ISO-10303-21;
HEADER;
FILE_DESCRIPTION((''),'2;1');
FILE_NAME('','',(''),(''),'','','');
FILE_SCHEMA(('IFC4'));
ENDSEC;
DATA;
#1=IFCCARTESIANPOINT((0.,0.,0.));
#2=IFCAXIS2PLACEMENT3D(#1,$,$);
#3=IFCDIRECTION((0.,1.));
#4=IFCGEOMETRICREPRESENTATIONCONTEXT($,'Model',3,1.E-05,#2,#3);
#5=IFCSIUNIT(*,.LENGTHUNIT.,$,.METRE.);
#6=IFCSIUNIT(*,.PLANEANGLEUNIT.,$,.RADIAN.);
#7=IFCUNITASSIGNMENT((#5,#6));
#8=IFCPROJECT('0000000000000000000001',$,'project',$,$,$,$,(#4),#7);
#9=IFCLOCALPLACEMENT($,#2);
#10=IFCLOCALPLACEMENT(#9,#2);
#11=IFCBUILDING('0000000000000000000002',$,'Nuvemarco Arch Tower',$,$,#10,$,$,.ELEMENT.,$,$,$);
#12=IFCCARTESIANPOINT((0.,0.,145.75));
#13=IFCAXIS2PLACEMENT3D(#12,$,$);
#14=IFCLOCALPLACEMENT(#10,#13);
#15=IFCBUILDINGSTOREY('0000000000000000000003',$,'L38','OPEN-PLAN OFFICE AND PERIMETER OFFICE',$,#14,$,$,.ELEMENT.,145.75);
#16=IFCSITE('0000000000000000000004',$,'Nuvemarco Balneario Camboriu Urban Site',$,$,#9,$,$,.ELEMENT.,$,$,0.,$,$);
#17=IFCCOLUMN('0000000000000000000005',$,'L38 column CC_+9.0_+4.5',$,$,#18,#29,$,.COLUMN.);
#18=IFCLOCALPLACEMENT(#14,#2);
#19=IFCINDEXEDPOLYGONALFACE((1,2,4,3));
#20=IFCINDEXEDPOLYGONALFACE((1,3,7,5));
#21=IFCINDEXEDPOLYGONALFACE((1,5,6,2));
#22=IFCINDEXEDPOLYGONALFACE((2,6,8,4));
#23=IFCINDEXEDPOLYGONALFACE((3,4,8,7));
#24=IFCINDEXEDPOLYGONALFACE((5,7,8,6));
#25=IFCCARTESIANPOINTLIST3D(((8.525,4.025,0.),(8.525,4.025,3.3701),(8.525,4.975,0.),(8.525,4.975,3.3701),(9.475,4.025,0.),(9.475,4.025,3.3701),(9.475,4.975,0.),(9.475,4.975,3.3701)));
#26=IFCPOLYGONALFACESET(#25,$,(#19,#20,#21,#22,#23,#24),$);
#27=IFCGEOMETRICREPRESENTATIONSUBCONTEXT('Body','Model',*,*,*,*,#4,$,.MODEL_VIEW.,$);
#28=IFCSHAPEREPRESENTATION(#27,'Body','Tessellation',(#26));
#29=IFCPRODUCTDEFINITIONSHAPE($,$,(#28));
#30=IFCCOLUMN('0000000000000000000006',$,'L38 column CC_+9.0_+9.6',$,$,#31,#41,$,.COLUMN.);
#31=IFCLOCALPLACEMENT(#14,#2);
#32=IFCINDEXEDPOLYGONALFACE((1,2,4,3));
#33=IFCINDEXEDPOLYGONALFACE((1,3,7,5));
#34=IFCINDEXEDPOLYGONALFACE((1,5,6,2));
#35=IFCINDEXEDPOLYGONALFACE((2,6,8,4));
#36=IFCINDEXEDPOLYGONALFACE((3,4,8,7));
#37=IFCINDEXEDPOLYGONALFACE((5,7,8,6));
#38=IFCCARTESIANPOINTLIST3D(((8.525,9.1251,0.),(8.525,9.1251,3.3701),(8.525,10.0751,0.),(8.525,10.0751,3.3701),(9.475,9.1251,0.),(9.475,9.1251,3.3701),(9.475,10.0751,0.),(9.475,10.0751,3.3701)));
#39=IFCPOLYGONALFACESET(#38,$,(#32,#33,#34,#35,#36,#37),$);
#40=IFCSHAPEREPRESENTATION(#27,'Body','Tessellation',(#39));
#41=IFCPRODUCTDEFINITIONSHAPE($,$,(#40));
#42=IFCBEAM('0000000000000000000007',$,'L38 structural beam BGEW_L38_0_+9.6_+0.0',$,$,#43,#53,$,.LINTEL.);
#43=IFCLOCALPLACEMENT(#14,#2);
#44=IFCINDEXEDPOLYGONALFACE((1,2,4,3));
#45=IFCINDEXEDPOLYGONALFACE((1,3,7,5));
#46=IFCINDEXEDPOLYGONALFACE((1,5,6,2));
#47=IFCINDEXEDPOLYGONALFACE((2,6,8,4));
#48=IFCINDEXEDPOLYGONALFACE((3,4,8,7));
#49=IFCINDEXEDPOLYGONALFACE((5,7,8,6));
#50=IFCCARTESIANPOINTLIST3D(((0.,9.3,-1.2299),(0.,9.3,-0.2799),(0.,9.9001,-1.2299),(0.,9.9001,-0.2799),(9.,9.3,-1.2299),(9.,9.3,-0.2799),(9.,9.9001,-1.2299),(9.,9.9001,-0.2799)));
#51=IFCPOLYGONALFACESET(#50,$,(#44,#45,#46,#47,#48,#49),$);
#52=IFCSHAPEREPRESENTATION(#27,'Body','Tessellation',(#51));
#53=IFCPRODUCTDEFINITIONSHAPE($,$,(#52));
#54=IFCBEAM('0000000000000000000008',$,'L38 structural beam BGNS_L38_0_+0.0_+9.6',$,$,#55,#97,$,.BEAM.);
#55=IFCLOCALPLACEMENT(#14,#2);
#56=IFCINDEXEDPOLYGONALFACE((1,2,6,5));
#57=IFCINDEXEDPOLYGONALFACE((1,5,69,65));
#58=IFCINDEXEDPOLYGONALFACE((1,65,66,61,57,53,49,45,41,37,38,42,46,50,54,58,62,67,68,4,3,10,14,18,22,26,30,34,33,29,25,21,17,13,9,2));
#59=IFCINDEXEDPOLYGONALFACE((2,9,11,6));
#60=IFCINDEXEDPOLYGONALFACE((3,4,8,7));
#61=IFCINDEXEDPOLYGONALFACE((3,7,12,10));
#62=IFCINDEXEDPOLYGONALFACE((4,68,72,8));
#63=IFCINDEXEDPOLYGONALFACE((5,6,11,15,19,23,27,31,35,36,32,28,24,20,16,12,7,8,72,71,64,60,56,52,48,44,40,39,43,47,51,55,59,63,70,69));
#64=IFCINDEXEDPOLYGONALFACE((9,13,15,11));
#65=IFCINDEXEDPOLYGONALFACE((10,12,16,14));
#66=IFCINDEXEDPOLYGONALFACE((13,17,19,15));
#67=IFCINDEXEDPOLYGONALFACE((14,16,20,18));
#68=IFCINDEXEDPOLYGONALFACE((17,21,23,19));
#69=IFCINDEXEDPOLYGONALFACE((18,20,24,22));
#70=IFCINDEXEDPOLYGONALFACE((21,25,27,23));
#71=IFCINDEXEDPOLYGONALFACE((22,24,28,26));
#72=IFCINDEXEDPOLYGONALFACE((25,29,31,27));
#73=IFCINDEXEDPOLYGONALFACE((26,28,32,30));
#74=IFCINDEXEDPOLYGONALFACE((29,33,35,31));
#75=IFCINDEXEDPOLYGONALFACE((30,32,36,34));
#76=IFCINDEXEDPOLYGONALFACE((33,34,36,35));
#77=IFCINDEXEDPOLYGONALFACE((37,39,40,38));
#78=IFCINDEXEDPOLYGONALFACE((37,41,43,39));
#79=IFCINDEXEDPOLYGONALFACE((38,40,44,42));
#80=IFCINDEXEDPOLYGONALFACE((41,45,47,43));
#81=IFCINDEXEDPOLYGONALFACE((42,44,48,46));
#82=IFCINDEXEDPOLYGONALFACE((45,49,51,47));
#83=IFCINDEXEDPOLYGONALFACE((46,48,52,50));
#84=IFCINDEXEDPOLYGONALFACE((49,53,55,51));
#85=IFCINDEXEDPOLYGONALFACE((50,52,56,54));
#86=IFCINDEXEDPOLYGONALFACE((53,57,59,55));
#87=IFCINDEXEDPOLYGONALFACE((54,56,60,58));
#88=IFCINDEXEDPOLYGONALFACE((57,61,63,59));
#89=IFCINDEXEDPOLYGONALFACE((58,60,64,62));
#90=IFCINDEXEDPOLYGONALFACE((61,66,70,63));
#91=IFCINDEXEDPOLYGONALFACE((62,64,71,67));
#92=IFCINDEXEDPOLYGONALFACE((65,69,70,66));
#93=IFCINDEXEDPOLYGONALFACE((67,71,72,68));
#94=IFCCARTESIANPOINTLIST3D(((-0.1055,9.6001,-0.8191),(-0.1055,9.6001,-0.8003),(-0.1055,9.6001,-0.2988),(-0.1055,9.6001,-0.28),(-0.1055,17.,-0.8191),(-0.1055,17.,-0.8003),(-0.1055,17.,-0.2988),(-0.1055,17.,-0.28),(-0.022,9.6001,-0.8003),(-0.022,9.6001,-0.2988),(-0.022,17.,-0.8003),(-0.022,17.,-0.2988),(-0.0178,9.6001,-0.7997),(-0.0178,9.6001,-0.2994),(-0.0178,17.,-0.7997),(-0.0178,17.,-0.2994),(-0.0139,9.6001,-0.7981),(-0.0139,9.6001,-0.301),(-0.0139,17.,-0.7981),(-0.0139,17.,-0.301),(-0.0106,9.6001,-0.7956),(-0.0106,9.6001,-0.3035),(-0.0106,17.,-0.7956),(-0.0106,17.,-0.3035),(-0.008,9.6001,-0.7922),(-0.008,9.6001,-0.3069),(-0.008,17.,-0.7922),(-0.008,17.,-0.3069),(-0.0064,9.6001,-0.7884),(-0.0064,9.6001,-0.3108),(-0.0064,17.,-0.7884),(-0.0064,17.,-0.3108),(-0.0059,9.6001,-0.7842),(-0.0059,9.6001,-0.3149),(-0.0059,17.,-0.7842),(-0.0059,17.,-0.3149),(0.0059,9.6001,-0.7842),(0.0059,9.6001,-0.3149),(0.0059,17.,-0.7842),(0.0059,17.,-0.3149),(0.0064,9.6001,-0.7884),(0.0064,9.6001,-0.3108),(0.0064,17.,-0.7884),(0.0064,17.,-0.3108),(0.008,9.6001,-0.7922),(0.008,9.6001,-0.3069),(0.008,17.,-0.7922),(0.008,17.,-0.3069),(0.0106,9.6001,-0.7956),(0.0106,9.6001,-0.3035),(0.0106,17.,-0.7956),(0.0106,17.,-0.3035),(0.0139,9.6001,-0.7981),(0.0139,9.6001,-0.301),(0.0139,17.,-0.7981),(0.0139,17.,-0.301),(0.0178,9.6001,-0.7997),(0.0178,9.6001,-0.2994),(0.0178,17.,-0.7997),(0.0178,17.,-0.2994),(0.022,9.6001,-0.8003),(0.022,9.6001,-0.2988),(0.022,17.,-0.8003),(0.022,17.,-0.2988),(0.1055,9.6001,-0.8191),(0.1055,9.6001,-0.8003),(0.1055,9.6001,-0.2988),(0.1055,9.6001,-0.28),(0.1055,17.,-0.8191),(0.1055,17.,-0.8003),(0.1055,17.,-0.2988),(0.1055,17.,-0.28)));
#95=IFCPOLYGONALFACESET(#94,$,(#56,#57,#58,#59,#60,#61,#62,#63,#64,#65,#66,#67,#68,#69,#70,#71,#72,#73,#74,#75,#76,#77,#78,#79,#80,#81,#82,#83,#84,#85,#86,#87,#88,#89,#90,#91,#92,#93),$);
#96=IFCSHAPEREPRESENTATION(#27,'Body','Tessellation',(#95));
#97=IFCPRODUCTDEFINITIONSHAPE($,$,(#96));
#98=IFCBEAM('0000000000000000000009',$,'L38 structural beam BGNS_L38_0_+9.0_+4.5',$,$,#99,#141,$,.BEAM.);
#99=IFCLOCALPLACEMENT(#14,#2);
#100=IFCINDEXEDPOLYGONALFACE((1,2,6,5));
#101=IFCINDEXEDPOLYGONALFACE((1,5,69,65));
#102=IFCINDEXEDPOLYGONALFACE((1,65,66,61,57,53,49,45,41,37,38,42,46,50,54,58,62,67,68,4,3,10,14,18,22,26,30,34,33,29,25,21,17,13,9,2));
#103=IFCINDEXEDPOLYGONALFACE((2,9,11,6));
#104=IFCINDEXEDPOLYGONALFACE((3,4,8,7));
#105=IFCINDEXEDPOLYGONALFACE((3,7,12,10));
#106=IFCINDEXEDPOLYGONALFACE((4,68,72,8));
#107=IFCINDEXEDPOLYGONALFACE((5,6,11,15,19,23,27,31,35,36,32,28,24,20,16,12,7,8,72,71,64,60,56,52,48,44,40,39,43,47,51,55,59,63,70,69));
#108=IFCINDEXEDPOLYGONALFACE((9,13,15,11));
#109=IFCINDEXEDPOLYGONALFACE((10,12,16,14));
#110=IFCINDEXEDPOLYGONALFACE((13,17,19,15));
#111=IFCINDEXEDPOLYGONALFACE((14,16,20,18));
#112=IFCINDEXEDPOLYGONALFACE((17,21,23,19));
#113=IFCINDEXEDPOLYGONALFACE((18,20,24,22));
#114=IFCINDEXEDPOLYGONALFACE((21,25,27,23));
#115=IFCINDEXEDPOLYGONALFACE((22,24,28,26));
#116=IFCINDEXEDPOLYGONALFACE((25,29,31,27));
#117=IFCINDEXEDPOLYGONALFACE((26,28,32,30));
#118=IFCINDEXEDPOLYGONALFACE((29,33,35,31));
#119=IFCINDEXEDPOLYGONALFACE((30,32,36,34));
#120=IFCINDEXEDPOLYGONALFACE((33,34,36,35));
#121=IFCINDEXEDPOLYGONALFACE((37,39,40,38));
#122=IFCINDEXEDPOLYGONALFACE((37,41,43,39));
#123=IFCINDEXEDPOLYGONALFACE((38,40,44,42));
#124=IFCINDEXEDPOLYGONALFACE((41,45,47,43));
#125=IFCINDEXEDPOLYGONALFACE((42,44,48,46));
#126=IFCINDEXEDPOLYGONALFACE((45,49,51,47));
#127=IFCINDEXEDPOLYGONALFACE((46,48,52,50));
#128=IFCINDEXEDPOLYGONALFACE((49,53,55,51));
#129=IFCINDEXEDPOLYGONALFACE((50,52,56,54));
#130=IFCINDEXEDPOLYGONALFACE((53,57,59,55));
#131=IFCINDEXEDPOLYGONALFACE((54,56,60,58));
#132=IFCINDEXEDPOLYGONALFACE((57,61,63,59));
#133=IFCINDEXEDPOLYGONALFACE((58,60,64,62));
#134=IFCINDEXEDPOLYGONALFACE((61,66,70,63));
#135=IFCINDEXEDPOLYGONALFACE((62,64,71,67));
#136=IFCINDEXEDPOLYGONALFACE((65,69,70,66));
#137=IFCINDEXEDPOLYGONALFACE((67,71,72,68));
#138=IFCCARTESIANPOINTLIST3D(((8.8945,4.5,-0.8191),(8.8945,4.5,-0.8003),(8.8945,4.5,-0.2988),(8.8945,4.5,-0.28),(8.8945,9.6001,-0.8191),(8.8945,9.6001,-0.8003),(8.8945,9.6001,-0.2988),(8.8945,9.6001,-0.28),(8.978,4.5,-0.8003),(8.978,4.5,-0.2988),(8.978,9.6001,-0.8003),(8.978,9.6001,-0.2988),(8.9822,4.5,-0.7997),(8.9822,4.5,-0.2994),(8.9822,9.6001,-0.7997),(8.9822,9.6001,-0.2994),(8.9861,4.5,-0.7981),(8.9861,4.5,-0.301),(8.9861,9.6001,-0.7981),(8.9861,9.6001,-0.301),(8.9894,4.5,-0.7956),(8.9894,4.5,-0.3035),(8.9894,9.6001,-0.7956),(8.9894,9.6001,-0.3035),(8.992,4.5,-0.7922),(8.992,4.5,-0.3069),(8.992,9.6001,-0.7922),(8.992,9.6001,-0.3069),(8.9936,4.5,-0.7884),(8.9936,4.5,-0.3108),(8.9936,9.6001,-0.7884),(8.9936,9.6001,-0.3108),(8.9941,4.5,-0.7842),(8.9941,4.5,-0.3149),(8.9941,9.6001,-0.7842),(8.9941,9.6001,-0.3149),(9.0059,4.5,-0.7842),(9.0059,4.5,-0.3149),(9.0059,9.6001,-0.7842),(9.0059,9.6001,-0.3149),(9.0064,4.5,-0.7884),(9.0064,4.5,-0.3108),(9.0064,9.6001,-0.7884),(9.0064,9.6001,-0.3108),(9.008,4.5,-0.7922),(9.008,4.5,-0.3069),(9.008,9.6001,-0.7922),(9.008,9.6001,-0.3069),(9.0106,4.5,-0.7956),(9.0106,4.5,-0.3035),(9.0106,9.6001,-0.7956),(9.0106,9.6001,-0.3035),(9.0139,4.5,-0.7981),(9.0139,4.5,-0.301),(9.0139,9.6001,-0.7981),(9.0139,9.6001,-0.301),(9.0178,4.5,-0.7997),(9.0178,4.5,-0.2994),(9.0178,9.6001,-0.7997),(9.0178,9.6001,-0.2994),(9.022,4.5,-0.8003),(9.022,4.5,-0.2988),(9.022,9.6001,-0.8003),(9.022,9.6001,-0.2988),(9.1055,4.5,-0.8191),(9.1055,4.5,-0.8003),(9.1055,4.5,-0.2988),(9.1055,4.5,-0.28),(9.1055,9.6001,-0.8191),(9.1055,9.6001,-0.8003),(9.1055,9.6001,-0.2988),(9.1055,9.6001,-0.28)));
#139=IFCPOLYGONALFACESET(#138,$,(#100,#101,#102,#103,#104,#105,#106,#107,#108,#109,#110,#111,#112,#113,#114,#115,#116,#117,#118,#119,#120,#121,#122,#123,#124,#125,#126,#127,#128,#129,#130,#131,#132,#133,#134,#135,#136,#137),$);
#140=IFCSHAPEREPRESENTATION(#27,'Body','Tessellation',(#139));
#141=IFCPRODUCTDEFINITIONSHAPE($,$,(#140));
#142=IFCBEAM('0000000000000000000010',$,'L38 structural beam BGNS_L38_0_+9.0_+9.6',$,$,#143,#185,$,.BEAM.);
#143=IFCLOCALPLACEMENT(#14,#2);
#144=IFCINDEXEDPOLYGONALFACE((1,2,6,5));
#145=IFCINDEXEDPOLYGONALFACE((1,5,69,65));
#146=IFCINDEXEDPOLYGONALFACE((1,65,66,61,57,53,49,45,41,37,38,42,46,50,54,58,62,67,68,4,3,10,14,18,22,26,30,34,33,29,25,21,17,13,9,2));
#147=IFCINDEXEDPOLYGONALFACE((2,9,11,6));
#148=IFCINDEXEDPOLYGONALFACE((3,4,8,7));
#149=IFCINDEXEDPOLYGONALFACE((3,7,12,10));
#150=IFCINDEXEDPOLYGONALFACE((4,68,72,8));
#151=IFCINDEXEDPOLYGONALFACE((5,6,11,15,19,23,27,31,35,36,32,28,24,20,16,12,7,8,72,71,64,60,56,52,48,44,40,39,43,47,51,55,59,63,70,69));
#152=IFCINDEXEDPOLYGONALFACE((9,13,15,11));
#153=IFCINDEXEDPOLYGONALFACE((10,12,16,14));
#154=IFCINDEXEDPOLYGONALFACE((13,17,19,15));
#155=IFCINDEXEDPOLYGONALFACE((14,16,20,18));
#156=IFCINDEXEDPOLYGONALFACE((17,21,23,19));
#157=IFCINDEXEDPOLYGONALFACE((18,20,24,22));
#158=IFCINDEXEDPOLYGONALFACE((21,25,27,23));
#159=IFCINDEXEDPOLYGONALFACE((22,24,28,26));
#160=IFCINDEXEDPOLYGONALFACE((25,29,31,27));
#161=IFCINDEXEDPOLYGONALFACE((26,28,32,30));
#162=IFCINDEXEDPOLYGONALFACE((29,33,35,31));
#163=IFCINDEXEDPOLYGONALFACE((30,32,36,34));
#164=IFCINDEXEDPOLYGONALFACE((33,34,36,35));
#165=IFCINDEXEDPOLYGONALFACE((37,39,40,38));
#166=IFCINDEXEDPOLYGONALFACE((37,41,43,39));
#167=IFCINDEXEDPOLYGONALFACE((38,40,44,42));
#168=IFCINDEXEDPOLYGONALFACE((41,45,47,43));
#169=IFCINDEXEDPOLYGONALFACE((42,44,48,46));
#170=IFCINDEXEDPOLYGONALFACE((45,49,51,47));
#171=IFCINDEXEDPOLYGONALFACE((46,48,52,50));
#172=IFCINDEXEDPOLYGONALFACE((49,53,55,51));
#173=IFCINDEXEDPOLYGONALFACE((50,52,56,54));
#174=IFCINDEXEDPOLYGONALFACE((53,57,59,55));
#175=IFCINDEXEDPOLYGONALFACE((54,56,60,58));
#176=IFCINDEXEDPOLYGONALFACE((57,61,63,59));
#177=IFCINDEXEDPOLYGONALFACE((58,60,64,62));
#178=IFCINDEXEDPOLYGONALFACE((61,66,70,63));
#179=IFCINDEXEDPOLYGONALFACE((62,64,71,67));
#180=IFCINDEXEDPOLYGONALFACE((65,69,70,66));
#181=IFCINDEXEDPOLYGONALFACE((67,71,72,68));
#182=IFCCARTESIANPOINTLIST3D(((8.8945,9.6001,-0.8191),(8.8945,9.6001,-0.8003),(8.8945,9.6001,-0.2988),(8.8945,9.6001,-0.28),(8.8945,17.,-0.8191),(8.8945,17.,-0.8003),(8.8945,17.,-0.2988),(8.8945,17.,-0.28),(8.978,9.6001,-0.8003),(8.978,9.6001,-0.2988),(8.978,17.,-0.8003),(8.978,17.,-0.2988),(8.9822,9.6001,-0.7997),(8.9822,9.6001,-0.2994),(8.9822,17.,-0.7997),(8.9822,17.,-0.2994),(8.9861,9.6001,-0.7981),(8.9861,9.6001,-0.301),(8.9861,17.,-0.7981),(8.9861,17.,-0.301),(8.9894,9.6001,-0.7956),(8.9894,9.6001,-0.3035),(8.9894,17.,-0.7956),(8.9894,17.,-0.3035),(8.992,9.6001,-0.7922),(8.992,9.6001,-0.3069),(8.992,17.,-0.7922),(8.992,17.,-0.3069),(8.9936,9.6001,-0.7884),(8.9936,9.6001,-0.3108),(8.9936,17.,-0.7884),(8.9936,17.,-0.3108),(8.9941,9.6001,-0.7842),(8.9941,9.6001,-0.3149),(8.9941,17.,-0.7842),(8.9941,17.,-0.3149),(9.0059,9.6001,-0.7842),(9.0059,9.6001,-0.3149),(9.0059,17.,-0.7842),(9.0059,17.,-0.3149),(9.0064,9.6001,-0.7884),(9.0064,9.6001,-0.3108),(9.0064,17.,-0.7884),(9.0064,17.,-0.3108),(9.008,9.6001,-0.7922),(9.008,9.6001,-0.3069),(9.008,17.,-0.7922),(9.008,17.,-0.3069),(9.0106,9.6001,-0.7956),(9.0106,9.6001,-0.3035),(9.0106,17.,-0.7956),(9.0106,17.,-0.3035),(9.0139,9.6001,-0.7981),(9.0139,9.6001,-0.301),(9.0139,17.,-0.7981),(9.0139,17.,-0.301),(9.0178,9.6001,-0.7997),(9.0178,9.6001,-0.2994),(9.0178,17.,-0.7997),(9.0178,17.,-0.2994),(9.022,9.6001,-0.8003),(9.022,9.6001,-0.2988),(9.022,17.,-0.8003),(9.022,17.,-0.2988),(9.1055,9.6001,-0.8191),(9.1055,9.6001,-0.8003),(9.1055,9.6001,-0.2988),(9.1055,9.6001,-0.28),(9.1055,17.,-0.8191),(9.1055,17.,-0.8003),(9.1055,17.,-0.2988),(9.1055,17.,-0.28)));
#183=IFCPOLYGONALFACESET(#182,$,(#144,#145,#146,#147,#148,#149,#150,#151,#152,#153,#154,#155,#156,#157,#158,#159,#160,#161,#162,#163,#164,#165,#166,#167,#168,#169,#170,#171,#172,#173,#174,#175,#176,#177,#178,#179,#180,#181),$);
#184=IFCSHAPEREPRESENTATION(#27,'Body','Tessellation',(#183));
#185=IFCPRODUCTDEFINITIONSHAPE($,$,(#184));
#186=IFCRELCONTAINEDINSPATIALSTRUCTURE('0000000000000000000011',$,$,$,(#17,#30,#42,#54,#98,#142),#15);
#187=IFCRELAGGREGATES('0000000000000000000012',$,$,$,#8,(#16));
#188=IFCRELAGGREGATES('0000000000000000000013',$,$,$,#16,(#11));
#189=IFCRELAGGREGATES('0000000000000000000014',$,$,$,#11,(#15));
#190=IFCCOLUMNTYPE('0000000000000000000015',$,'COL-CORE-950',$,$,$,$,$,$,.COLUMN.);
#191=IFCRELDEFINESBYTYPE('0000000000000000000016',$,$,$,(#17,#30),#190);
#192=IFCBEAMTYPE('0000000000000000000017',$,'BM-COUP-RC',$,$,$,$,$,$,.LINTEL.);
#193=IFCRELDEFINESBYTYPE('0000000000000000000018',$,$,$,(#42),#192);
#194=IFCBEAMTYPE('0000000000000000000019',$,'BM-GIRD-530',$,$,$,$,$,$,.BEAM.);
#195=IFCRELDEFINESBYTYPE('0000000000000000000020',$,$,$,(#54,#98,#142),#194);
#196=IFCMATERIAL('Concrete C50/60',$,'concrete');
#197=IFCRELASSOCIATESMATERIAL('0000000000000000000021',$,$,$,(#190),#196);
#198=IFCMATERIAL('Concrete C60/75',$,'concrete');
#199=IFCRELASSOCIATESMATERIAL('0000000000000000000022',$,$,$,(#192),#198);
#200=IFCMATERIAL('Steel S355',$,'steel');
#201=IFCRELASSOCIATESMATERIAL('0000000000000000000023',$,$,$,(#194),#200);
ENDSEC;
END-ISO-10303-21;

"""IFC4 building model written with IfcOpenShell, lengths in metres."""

from ifc_helpers import new_model, si_unit, direction, frame, origin, origin_2d, place, context, subcontext, project, spatial, rectangle, i_section, extrude, material, material_profile, profile_set, type_object, element, save


model = new_model("IFC4")

# Units and contexts
model_context = context("Model", 3, precision=1e-05, world=origin(), true_north=direction((0.0, 1.0)))
body_context = subcontext(model_context, "Body", "Model", "MODEL_VIEW")
ifc_project = project(units=[si_unit("LENGTHUNIT", "METRE"), si_unit("PLANEANGLEUNIT", "RADIAN")], contexts=[model_context])

# Site, building, storey
site_placement = place(None, origin())
site = spatial("IfcSite", under=ifc_project, at=site_placement, Name="Nuvemarco Balneario Camboriu Urban Site", CompositionType="ELEMENT", RefElevation=0.0)
building_placement = place(site_placement, origin())
building = spatial("IfcBuilding", under=site, at=building_placement, Name="Nuvemarco Arch Tower", CompositionType="ELEMENT")
storey_placement = place(building_placement, frame((0.0, 0.0, 145.75)))
storey = spatial("IfcBuildingStorey", under=building, at=storey_placement, Name="L38", Description="OPEN-PLAN OFFICE AND PERIMETER OFFICE", CompositionType="ELEMENT", Elevation=145.75)

# Columns
ifc_material_1 = material(Name="Concrete C50/60", Category="concrete")
ifc_material_profile_1 = material_profile(ifc_material_1, rectangle(XDim=0.95, YDim=0.95, at=origin_2d()), Name="RC-COL-950x950")
ifc_profile_set_1 = profile_set([ifc_material_profile_1], Name="Concrete C50/60")
column_type = type_object("IfcColumnType", Name="COL-CORE-950", PredefinedType="COLUMN", material=ifc_profile_set_1)
for number, where, z_axis, x_axis, name in (
    (1, (9.0, 4.5, 0.0), (0.0, 0.0, 1.0), (1.0, 0.0, 0.0), "L38 column CC_+9.0_+4.5"),
    (2, (9.0, 9.6001, 0.0), (0.0, 0.0, 1.0), (1.0, 0.0, 0.0), "L38 column CC_+9.0_+9.6"),
):
    element("IfcColumn", number, at=place(storey_placement, frame(where, z_axis=z_axis, x_axis=x_axis)), inside=storey, type_object=column_type, Name=name, PredefinedType="COLUMN", context=body_context, shape_type="SweptSolid", body=[
        extrude(rectangle(XDim=0.95, YDim=0.95, at=origin_2d()), origin(), (0.0, 0.0, 1.0), 3.3701),
    ])

# Beams
ifc_material_2 = material(Name="Concrete C60/75", Category="concrete")
ifc_material_profile_2 = material_profile(ifc_material_2, rectangle(XDim=0.6001, YDim=0.95, at=origin_2d()), Name="RC-BM-600x950")
ifc_profile_set_2 = profile_set([ifc_material_profile_2], Name="Concrete C60/75")
beam_type_1 = type_object("IfcBeamType", Name="BM-COUP-RC", PredefinedType="LINTEL", material=ifc_profile_set_2)
beam_1_placement = place(storey_placement, frame((0.0, 9.6001, -0.7549), z_axis=(1.0, 0.0, 0.0), x_axis=(0.0, 1.0, 0.0)))
element("IfcBeam", 3, at=beam_1_placement, inside=storey, type_object=beam_type_1, Name="L38 structural beam BGEW_L38_0_+9.6_+0.0", PredefinedType="LINTEL", context=body_context, shape_type="SweptSolid", body=[
    extrude(rectangle(XDim=0.6001, YDim=0.95, at=origin_2d()), origin(), (0.0, 0.0, 1.0), 9.0),
])
ifc_material_3 = material(Name="Steel S355", Category="steel")
ifc_material_profile_3 = material_profile(ifc_material_3, i_section(OverallWidth=0.2109, OverallDepth=0.5391, WebThickness=0.0117, FlangeThickness=0.0188, FilletRadius=0.0161, at=origin_2d()), Name="W530x109")
ifc_profile_set_3 = profile_set([ifc_material_profile_3], Name="Steel S355")
beam_type_2 = type_object("IfcBeamType", Name="BM-GIRD-530", PredefinedType="BEAM", material=ifc_profile_set_3)
beam_2_placement = place(storey_placement, frame((0.0, 9.6001, -0.5496), z_axis=(0.0, 1.0, 0.0), x_axis=(-1.0, 0.0, 0.0)))
element("IfcBeam", 4, at=beam_2_placement, inside=storey, type_object=beam_type_2, Name="L38 structural beam BGNS_L38_0_+0.0_+9.6", PredefinedType="BEAM", context=body_context, shape_type="SweptSolid", body=[
    extrude(i_section(OverallWidth=0.2109, OverallDepth=0.5391, WebThickness=0.0117, FlangeThickness=0.0188, FilletRadius=0.0161, at=origin_2d()), origin(), (0.0, 0.0, 1.0), 7.3999),
])
beam_3_placement = place(storey_placement, frame((9.0, 4.5, -0.5496), z_axis=(0.0, 1.0, 0.0), x_axis=(-1.0, 0.0, 0.0)))
element("IfcBeam", 5, at=beam_3_placement, inside=storey, type_object=beam_type_2, Name="L38 structural beam BGNS_L38_0_+9.0_+4.5", PredefinedType="BEAM", context=body_context, shape_type="SweptSolid", body=[
    extrude(i_section(OverallWidth=0.2109, OverallDepth=0.5391, WebThickness=0.0117, FlangeThickness=0.0188, FilletRadius=0.0161, at=origin_2d()), origin(), (0.0, 0.0, 1.0), 5.1001),
])
beam_4_placement = place(storey_placement, frame((9.0, 9.6001, -0.5496), z_axis=(0.0, 1.0, 0.0), x_axis=(-1.0, 0.0, 0.0)))
element("IfcBeam", 6, at=beam_4_placement, inside=storey, type_object=beam_type_2, Name="L38 structural beam BGNS_L38_0_+9.0_+9.6", PredefinedType="BEAM", context=body_context, shape_type="SweptSolid", body=[
    extrude(i_section(OverallWidth=0.2109, OverallDepth=0.5391, WebThickness=0.0117, FlangeThickness=0.0188, FilletRadius=0.0161, at=origin_2d()), origin(), (0.0, 0.0, 1.0), 7.3999),
])

save(model, "model.ifc")
